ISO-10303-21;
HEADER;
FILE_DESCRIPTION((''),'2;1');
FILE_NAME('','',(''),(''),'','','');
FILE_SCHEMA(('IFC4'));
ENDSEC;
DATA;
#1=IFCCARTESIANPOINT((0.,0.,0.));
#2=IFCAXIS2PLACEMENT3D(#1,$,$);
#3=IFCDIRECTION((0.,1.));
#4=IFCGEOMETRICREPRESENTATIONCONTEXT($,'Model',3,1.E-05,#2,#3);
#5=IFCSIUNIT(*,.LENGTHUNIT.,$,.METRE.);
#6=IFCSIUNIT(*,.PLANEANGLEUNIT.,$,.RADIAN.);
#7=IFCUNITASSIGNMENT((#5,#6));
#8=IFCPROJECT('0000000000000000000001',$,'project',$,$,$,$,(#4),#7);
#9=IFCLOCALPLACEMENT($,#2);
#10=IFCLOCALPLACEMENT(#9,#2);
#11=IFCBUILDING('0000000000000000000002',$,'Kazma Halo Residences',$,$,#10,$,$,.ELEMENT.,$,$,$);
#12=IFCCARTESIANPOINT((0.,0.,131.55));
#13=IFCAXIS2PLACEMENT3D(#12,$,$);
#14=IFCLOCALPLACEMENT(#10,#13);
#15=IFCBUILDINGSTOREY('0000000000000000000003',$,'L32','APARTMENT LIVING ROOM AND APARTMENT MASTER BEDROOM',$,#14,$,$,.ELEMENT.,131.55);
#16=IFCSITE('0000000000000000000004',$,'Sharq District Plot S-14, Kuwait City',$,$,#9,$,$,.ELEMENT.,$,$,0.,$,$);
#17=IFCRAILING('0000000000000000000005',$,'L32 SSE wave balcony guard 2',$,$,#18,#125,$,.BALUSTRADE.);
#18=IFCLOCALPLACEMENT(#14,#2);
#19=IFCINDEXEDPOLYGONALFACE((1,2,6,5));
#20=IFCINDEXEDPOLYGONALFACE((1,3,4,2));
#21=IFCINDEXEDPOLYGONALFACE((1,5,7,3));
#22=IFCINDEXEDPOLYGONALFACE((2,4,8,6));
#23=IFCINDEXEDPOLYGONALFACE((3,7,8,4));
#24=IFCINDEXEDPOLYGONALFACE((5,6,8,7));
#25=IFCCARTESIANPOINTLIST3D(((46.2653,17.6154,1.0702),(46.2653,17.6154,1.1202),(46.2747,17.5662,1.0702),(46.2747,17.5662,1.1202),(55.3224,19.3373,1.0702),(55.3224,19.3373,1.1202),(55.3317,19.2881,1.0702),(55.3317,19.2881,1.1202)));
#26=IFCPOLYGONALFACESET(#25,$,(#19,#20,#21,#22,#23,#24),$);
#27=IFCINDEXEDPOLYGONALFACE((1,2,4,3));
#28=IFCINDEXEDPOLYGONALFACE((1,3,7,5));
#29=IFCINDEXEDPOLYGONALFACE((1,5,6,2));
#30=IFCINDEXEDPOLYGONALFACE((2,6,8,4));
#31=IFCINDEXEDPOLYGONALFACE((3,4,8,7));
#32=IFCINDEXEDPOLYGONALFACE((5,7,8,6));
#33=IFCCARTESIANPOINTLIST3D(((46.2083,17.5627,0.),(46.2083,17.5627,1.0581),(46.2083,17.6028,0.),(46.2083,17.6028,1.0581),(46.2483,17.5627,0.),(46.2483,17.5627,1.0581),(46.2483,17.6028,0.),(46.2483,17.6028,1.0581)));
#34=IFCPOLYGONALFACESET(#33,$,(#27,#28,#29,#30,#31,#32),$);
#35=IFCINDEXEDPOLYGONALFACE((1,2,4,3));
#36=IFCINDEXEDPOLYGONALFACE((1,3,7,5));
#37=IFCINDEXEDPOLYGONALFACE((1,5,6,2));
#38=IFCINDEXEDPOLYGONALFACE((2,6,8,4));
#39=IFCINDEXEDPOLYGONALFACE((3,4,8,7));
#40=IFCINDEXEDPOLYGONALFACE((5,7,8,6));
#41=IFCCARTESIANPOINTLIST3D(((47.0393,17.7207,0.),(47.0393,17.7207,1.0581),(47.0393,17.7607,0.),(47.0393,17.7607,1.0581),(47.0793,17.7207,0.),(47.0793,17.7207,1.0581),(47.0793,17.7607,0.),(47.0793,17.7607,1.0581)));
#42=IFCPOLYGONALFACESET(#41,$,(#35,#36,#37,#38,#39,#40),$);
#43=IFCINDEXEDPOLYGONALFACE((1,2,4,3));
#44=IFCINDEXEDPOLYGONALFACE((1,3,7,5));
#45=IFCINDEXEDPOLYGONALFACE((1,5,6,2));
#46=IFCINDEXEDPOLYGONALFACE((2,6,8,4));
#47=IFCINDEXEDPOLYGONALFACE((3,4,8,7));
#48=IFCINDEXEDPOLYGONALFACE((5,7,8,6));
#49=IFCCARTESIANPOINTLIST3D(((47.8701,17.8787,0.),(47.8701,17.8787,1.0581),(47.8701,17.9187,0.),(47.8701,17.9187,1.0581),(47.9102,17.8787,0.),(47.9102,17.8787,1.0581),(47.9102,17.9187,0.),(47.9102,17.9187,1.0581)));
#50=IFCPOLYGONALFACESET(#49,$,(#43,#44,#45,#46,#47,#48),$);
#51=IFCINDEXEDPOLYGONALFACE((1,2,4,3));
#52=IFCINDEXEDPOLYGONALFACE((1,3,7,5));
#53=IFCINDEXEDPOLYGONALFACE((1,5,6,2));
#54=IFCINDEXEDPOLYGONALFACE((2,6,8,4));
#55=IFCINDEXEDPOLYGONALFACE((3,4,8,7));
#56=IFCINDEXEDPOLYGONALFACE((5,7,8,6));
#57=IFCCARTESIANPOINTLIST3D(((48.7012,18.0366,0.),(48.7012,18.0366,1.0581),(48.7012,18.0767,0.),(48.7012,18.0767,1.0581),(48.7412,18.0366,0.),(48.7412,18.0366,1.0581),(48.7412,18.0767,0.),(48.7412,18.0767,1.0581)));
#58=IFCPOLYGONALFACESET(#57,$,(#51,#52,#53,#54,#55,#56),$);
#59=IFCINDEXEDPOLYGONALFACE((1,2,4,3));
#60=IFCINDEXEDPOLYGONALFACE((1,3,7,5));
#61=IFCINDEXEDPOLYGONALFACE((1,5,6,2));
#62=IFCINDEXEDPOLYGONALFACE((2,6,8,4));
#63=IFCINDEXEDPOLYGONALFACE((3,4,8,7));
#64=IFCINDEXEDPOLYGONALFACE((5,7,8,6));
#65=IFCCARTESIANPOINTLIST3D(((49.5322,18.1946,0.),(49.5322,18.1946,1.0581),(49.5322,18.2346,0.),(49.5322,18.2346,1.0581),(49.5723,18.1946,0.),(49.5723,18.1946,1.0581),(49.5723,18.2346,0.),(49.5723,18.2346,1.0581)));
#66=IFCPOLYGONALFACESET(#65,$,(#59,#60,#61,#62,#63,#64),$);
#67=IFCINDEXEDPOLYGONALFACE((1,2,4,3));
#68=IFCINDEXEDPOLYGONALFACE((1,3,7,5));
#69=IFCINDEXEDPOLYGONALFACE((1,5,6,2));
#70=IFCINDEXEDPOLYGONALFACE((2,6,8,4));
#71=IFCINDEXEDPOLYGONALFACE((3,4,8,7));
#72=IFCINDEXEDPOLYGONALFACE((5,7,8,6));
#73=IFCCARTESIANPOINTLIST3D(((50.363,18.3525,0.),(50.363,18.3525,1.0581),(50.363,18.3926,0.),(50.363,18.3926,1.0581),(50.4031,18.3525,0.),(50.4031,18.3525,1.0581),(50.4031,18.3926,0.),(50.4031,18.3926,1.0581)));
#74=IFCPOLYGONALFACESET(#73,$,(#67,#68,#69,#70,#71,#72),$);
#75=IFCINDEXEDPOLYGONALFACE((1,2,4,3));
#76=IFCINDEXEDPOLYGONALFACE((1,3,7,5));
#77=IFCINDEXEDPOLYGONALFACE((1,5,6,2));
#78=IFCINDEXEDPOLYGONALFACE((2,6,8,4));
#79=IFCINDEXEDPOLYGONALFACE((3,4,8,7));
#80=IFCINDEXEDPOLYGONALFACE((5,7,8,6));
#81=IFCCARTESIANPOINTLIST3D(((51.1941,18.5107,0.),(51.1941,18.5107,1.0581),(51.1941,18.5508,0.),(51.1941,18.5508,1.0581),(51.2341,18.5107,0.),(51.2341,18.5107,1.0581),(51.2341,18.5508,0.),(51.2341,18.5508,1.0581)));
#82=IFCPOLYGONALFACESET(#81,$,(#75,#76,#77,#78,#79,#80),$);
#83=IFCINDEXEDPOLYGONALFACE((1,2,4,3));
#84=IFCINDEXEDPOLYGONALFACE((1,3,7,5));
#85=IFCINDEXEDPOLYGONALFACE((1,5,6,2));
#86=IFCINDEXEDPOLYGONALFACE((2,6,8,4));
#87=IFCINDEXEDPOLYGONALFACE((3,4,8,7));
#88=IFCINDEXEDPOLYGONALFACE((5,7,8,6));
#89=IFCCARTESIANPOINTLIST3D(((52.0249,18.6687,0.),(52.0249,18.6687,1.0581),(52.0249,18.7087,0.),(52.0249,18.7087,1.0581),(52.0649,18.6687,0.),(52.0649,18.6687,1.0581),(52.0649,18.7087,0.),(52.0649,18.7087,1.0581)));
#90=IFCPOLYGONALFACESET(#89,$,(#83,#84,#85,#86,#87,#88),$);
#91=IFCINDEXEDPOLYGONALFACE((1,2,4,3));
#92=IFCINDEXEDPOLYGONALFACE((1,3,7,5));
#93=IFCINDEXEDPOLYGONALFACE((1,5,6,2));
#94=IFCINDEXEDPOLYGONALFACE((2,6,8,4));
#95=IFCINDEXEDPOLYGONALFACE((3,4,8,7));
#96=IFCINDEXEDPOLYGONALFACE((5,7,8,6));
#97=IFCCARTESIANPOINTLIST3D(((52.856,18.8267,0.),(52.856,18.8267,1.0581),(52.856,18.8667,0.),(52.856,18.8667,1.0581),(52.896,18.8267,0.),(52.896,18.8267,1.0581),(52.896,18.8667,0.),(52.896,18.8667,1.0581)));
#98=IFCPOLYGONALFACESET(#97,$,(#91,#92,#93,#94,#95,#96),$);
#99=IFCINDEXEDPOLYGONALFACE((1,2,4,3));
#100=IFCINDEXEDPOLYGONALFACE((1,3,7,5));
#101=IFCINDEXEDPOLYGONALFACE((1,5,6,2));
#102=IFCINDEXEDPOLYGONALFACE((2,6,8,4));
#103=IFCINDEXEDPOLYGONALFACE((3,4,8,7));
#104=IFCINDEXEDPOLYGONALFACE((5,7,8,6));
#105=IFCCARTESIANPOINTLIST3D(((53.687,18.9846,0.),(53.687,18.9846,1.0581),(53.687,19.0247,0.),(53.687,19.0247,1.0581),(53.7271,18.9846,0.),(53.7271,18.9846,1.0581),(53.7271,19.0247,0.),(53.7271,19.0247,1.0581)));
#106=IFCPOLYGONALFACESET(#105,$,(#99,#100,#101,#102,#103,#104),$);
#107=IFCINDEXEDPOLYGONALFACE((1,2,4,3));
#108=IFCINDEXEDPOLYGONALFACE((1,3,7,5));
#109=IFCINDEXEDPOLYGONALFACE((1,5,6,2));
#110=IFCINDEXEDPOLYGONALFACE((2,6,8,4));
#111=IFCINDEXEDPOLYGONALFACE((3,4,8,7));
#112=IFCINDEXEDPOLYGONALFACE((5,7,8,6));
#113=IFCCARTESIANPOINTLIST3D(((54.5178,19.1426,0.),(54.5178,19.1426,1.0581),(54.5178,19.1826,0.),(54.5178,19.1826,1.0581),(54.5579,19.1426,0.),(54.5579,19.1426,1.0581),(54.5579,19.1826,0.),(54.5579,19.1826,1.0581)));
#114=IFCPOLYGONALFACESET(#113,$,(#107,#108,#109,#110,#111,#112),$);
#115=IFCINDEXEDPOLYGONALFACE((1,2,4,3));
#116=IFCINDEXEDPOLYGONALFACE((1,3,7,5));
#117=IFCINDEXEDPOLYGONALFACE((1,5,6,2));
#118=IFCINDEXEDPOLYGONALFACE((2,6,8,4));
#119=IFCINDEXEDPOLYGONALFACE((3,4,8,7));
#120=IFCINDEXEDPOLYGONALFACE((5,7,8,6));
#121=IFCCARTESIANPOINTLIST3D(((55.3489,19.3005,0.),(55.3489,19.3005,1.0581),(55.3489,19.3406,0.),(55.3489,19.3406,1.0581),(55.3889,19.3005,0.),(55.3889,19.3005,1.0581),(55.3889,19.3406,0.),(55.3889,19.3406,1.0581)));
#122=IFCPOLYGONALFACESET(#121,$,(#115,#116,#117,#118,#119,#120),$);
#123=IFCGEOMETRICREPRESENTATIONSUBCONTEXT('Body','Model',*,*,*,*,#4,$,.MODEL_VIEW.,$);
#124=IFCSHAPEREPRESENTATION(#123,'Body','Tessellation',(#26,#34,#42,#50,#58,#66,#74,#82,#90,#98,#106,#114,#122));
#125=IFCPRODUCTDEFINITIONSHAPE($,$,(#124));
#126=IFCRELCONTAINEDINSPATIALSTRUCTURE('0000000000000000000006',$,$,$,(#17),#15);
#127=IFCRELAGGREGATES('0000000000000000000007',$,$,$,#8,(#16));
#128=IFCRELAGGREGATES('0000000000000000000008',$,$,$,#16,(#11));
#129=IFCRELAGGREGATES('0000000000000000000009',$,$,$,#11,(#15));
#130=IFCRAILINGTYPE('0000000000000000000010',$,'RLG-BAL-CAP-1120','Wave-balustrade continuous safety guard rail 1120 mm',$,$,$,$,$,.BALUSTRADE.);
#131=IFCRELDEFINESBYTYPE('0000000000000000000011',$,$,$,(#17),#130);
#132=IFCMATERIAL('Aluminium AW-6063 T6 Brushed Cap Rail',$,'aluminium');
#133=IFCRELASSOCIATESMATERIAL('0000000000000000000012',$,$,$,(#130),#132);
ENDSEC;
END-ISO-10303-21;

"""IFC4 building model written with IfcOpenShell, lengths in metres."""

from ifc_helpers import new_model, si_unit, direction, frame, origin, origin_2d, place, context, subcontext, project, spatial, rectangle, extrude, material, type_object, element, save


model = new_model("IFC4")

# Units and contexts
model_context = context("Model", 3, precision=1e-05, world=origin(), true_north=direction((0.0, 1.0)))
body_context = subcontext(model_context, "Body", "Model", "MODEL_VIEW")
ifc_project = project(units=[si_unit("LENGTHUNIT", "METRE"), si_unit("PLANEANGLEUNIT", "RADIAN")], contexts=[model_context])

# Site, building, storey
site_placement = place(None, origin())
site = spatial("IfcSite", under=ifc_project, at=site_placement, Name="Sharq District Plot S-14, Kuwait City", CompositionType="ELEMENT", RefElevation=0.0)
building_placement = place(site_placement, origin())
building = spatial("IfcBuilding", under=site, at=building_placement, Name="Kazma Halo Residences", CompositionType="ELEMENT")
storey_placement = place(building_placement, frame((0.0, 0.0, 131.55)))
storey = spatial("IfcBuildingStorey", under=building, at=storey_placement, Name="L32", Description="APARTMENT LIVING ROOM AND APARTMENT MASTER BEDROOM", CompositionType="ELEMENT", Elevation=131.55)

# Railing
ifc_material_1 = material(Name="Aluminium AW-6063 T6 Brushed Cap Rail", Category="aluminium")
railing_type = type_object("IfcRailingType", Name="RLG-BAL-CAP-1120", Description="Wave-balustrade continuous safety guard rail 1120 mm", PredefinedType="BALUSTRADE", material=ifc_material_1)
railing_1_placement = place(storey_placement, frame((46.2283, 17.5828, 0.0)))
element("IfcRailing", 1, at=railing_1_placement, inside=storey, type_object=railing_type, Name="L32 SSE wave balcony guard 2", PredefinedType="BALUSTRADE", context=body_context, shape_type="SweptSolid", body=[
    extrude(rectangle(XDim=0.05, YDim=0.05, at=origin_2d()), frame((0.0417, 0.0081, 1.0952), z_axis=(0.982403, 0.186772, 0.0), x_axis=(-0.186772, 0.982403, 0.0)), (0.0, 0.0, 1.0), 9.2192),
    extrude(rectangle(XDim=0.04, YDim=0.04, at=origin_2d()), origin(), (0.0, 0.0, 1.0), 1.0581),
    extrude(rectangle(XDim=0.04, YDim=0.04, at=origin_2d()), frame((0.8311, 0.158, 0.0)), (0.0, 0.0, 1.0), 1.0581),
    extrude(rectangle(XDim=0.04, YDim=0.04, at=origin_2d()), frame((1.6619, 0.3159, 0.0)), (0.0, 0.0, 1.0), 1.0581),
    extrude(rectangle(XDim=0.04, YDim=0.04, at=origin_2d()), frame((2.4929, 0.4739, 0.0)), (0.0, 0.0, 1.0), 1.0581),
    extrude(rectangle(XDim=0.04, YDim=0.04, at=origin_2d()), frame((3.324, 0.6318, 0.0)), (0.0, 0.0, 1.0), 1.0581),
    extrude(rectangle(XDim=0.04, YDim=0.04, at=origin_2d()), frame((4.1548, 0.7898, 0.0)), (0.0, 0.0, 1.0), 1.0581),
    extrude(rectangle(XDim=0.04, YDim=0.04, at=origin_2d()), frame((4.9858, 0.948, 0.0)), (0.0, 0.0, 1.0), 1.0581),
    extrude(rectangle(XDim=0.04, YDim=0.04, at=origin_2d()), frame((5.8167, 1.106, 0.0)), (0.0, 0.0, 1.0), 1.0581),
    extrude(rectangle(XDim=0.04, YDim=0.04, at=origin_2d()), frame((6.6477, 1.2639, 0.0)), (0.0, 0.0, 1.0), 1.0581),
    extrude(rectangle(XDim=0.04, YDim=0.04, at=origin_2d()), frame((7.4788, 1.4219, 0.0)), (0.0, 0.0, 1.0), 1.0581),
    extrude(rectangle(XDim=0.04, YDim=0.04, at=origin_2d()), frame((8.3096, 1.5798, 0.0)), (0.0, 0.0, 1.0), 1.0581),
    extrude(rectangle(XDim=0.04, YDim=0.04, at=origin_2d()), frame((9.1406, 1.7378, 0.0)), (0.0, 0.0, 1.0), 1.0581),
])

save(model, "model.ifc")
